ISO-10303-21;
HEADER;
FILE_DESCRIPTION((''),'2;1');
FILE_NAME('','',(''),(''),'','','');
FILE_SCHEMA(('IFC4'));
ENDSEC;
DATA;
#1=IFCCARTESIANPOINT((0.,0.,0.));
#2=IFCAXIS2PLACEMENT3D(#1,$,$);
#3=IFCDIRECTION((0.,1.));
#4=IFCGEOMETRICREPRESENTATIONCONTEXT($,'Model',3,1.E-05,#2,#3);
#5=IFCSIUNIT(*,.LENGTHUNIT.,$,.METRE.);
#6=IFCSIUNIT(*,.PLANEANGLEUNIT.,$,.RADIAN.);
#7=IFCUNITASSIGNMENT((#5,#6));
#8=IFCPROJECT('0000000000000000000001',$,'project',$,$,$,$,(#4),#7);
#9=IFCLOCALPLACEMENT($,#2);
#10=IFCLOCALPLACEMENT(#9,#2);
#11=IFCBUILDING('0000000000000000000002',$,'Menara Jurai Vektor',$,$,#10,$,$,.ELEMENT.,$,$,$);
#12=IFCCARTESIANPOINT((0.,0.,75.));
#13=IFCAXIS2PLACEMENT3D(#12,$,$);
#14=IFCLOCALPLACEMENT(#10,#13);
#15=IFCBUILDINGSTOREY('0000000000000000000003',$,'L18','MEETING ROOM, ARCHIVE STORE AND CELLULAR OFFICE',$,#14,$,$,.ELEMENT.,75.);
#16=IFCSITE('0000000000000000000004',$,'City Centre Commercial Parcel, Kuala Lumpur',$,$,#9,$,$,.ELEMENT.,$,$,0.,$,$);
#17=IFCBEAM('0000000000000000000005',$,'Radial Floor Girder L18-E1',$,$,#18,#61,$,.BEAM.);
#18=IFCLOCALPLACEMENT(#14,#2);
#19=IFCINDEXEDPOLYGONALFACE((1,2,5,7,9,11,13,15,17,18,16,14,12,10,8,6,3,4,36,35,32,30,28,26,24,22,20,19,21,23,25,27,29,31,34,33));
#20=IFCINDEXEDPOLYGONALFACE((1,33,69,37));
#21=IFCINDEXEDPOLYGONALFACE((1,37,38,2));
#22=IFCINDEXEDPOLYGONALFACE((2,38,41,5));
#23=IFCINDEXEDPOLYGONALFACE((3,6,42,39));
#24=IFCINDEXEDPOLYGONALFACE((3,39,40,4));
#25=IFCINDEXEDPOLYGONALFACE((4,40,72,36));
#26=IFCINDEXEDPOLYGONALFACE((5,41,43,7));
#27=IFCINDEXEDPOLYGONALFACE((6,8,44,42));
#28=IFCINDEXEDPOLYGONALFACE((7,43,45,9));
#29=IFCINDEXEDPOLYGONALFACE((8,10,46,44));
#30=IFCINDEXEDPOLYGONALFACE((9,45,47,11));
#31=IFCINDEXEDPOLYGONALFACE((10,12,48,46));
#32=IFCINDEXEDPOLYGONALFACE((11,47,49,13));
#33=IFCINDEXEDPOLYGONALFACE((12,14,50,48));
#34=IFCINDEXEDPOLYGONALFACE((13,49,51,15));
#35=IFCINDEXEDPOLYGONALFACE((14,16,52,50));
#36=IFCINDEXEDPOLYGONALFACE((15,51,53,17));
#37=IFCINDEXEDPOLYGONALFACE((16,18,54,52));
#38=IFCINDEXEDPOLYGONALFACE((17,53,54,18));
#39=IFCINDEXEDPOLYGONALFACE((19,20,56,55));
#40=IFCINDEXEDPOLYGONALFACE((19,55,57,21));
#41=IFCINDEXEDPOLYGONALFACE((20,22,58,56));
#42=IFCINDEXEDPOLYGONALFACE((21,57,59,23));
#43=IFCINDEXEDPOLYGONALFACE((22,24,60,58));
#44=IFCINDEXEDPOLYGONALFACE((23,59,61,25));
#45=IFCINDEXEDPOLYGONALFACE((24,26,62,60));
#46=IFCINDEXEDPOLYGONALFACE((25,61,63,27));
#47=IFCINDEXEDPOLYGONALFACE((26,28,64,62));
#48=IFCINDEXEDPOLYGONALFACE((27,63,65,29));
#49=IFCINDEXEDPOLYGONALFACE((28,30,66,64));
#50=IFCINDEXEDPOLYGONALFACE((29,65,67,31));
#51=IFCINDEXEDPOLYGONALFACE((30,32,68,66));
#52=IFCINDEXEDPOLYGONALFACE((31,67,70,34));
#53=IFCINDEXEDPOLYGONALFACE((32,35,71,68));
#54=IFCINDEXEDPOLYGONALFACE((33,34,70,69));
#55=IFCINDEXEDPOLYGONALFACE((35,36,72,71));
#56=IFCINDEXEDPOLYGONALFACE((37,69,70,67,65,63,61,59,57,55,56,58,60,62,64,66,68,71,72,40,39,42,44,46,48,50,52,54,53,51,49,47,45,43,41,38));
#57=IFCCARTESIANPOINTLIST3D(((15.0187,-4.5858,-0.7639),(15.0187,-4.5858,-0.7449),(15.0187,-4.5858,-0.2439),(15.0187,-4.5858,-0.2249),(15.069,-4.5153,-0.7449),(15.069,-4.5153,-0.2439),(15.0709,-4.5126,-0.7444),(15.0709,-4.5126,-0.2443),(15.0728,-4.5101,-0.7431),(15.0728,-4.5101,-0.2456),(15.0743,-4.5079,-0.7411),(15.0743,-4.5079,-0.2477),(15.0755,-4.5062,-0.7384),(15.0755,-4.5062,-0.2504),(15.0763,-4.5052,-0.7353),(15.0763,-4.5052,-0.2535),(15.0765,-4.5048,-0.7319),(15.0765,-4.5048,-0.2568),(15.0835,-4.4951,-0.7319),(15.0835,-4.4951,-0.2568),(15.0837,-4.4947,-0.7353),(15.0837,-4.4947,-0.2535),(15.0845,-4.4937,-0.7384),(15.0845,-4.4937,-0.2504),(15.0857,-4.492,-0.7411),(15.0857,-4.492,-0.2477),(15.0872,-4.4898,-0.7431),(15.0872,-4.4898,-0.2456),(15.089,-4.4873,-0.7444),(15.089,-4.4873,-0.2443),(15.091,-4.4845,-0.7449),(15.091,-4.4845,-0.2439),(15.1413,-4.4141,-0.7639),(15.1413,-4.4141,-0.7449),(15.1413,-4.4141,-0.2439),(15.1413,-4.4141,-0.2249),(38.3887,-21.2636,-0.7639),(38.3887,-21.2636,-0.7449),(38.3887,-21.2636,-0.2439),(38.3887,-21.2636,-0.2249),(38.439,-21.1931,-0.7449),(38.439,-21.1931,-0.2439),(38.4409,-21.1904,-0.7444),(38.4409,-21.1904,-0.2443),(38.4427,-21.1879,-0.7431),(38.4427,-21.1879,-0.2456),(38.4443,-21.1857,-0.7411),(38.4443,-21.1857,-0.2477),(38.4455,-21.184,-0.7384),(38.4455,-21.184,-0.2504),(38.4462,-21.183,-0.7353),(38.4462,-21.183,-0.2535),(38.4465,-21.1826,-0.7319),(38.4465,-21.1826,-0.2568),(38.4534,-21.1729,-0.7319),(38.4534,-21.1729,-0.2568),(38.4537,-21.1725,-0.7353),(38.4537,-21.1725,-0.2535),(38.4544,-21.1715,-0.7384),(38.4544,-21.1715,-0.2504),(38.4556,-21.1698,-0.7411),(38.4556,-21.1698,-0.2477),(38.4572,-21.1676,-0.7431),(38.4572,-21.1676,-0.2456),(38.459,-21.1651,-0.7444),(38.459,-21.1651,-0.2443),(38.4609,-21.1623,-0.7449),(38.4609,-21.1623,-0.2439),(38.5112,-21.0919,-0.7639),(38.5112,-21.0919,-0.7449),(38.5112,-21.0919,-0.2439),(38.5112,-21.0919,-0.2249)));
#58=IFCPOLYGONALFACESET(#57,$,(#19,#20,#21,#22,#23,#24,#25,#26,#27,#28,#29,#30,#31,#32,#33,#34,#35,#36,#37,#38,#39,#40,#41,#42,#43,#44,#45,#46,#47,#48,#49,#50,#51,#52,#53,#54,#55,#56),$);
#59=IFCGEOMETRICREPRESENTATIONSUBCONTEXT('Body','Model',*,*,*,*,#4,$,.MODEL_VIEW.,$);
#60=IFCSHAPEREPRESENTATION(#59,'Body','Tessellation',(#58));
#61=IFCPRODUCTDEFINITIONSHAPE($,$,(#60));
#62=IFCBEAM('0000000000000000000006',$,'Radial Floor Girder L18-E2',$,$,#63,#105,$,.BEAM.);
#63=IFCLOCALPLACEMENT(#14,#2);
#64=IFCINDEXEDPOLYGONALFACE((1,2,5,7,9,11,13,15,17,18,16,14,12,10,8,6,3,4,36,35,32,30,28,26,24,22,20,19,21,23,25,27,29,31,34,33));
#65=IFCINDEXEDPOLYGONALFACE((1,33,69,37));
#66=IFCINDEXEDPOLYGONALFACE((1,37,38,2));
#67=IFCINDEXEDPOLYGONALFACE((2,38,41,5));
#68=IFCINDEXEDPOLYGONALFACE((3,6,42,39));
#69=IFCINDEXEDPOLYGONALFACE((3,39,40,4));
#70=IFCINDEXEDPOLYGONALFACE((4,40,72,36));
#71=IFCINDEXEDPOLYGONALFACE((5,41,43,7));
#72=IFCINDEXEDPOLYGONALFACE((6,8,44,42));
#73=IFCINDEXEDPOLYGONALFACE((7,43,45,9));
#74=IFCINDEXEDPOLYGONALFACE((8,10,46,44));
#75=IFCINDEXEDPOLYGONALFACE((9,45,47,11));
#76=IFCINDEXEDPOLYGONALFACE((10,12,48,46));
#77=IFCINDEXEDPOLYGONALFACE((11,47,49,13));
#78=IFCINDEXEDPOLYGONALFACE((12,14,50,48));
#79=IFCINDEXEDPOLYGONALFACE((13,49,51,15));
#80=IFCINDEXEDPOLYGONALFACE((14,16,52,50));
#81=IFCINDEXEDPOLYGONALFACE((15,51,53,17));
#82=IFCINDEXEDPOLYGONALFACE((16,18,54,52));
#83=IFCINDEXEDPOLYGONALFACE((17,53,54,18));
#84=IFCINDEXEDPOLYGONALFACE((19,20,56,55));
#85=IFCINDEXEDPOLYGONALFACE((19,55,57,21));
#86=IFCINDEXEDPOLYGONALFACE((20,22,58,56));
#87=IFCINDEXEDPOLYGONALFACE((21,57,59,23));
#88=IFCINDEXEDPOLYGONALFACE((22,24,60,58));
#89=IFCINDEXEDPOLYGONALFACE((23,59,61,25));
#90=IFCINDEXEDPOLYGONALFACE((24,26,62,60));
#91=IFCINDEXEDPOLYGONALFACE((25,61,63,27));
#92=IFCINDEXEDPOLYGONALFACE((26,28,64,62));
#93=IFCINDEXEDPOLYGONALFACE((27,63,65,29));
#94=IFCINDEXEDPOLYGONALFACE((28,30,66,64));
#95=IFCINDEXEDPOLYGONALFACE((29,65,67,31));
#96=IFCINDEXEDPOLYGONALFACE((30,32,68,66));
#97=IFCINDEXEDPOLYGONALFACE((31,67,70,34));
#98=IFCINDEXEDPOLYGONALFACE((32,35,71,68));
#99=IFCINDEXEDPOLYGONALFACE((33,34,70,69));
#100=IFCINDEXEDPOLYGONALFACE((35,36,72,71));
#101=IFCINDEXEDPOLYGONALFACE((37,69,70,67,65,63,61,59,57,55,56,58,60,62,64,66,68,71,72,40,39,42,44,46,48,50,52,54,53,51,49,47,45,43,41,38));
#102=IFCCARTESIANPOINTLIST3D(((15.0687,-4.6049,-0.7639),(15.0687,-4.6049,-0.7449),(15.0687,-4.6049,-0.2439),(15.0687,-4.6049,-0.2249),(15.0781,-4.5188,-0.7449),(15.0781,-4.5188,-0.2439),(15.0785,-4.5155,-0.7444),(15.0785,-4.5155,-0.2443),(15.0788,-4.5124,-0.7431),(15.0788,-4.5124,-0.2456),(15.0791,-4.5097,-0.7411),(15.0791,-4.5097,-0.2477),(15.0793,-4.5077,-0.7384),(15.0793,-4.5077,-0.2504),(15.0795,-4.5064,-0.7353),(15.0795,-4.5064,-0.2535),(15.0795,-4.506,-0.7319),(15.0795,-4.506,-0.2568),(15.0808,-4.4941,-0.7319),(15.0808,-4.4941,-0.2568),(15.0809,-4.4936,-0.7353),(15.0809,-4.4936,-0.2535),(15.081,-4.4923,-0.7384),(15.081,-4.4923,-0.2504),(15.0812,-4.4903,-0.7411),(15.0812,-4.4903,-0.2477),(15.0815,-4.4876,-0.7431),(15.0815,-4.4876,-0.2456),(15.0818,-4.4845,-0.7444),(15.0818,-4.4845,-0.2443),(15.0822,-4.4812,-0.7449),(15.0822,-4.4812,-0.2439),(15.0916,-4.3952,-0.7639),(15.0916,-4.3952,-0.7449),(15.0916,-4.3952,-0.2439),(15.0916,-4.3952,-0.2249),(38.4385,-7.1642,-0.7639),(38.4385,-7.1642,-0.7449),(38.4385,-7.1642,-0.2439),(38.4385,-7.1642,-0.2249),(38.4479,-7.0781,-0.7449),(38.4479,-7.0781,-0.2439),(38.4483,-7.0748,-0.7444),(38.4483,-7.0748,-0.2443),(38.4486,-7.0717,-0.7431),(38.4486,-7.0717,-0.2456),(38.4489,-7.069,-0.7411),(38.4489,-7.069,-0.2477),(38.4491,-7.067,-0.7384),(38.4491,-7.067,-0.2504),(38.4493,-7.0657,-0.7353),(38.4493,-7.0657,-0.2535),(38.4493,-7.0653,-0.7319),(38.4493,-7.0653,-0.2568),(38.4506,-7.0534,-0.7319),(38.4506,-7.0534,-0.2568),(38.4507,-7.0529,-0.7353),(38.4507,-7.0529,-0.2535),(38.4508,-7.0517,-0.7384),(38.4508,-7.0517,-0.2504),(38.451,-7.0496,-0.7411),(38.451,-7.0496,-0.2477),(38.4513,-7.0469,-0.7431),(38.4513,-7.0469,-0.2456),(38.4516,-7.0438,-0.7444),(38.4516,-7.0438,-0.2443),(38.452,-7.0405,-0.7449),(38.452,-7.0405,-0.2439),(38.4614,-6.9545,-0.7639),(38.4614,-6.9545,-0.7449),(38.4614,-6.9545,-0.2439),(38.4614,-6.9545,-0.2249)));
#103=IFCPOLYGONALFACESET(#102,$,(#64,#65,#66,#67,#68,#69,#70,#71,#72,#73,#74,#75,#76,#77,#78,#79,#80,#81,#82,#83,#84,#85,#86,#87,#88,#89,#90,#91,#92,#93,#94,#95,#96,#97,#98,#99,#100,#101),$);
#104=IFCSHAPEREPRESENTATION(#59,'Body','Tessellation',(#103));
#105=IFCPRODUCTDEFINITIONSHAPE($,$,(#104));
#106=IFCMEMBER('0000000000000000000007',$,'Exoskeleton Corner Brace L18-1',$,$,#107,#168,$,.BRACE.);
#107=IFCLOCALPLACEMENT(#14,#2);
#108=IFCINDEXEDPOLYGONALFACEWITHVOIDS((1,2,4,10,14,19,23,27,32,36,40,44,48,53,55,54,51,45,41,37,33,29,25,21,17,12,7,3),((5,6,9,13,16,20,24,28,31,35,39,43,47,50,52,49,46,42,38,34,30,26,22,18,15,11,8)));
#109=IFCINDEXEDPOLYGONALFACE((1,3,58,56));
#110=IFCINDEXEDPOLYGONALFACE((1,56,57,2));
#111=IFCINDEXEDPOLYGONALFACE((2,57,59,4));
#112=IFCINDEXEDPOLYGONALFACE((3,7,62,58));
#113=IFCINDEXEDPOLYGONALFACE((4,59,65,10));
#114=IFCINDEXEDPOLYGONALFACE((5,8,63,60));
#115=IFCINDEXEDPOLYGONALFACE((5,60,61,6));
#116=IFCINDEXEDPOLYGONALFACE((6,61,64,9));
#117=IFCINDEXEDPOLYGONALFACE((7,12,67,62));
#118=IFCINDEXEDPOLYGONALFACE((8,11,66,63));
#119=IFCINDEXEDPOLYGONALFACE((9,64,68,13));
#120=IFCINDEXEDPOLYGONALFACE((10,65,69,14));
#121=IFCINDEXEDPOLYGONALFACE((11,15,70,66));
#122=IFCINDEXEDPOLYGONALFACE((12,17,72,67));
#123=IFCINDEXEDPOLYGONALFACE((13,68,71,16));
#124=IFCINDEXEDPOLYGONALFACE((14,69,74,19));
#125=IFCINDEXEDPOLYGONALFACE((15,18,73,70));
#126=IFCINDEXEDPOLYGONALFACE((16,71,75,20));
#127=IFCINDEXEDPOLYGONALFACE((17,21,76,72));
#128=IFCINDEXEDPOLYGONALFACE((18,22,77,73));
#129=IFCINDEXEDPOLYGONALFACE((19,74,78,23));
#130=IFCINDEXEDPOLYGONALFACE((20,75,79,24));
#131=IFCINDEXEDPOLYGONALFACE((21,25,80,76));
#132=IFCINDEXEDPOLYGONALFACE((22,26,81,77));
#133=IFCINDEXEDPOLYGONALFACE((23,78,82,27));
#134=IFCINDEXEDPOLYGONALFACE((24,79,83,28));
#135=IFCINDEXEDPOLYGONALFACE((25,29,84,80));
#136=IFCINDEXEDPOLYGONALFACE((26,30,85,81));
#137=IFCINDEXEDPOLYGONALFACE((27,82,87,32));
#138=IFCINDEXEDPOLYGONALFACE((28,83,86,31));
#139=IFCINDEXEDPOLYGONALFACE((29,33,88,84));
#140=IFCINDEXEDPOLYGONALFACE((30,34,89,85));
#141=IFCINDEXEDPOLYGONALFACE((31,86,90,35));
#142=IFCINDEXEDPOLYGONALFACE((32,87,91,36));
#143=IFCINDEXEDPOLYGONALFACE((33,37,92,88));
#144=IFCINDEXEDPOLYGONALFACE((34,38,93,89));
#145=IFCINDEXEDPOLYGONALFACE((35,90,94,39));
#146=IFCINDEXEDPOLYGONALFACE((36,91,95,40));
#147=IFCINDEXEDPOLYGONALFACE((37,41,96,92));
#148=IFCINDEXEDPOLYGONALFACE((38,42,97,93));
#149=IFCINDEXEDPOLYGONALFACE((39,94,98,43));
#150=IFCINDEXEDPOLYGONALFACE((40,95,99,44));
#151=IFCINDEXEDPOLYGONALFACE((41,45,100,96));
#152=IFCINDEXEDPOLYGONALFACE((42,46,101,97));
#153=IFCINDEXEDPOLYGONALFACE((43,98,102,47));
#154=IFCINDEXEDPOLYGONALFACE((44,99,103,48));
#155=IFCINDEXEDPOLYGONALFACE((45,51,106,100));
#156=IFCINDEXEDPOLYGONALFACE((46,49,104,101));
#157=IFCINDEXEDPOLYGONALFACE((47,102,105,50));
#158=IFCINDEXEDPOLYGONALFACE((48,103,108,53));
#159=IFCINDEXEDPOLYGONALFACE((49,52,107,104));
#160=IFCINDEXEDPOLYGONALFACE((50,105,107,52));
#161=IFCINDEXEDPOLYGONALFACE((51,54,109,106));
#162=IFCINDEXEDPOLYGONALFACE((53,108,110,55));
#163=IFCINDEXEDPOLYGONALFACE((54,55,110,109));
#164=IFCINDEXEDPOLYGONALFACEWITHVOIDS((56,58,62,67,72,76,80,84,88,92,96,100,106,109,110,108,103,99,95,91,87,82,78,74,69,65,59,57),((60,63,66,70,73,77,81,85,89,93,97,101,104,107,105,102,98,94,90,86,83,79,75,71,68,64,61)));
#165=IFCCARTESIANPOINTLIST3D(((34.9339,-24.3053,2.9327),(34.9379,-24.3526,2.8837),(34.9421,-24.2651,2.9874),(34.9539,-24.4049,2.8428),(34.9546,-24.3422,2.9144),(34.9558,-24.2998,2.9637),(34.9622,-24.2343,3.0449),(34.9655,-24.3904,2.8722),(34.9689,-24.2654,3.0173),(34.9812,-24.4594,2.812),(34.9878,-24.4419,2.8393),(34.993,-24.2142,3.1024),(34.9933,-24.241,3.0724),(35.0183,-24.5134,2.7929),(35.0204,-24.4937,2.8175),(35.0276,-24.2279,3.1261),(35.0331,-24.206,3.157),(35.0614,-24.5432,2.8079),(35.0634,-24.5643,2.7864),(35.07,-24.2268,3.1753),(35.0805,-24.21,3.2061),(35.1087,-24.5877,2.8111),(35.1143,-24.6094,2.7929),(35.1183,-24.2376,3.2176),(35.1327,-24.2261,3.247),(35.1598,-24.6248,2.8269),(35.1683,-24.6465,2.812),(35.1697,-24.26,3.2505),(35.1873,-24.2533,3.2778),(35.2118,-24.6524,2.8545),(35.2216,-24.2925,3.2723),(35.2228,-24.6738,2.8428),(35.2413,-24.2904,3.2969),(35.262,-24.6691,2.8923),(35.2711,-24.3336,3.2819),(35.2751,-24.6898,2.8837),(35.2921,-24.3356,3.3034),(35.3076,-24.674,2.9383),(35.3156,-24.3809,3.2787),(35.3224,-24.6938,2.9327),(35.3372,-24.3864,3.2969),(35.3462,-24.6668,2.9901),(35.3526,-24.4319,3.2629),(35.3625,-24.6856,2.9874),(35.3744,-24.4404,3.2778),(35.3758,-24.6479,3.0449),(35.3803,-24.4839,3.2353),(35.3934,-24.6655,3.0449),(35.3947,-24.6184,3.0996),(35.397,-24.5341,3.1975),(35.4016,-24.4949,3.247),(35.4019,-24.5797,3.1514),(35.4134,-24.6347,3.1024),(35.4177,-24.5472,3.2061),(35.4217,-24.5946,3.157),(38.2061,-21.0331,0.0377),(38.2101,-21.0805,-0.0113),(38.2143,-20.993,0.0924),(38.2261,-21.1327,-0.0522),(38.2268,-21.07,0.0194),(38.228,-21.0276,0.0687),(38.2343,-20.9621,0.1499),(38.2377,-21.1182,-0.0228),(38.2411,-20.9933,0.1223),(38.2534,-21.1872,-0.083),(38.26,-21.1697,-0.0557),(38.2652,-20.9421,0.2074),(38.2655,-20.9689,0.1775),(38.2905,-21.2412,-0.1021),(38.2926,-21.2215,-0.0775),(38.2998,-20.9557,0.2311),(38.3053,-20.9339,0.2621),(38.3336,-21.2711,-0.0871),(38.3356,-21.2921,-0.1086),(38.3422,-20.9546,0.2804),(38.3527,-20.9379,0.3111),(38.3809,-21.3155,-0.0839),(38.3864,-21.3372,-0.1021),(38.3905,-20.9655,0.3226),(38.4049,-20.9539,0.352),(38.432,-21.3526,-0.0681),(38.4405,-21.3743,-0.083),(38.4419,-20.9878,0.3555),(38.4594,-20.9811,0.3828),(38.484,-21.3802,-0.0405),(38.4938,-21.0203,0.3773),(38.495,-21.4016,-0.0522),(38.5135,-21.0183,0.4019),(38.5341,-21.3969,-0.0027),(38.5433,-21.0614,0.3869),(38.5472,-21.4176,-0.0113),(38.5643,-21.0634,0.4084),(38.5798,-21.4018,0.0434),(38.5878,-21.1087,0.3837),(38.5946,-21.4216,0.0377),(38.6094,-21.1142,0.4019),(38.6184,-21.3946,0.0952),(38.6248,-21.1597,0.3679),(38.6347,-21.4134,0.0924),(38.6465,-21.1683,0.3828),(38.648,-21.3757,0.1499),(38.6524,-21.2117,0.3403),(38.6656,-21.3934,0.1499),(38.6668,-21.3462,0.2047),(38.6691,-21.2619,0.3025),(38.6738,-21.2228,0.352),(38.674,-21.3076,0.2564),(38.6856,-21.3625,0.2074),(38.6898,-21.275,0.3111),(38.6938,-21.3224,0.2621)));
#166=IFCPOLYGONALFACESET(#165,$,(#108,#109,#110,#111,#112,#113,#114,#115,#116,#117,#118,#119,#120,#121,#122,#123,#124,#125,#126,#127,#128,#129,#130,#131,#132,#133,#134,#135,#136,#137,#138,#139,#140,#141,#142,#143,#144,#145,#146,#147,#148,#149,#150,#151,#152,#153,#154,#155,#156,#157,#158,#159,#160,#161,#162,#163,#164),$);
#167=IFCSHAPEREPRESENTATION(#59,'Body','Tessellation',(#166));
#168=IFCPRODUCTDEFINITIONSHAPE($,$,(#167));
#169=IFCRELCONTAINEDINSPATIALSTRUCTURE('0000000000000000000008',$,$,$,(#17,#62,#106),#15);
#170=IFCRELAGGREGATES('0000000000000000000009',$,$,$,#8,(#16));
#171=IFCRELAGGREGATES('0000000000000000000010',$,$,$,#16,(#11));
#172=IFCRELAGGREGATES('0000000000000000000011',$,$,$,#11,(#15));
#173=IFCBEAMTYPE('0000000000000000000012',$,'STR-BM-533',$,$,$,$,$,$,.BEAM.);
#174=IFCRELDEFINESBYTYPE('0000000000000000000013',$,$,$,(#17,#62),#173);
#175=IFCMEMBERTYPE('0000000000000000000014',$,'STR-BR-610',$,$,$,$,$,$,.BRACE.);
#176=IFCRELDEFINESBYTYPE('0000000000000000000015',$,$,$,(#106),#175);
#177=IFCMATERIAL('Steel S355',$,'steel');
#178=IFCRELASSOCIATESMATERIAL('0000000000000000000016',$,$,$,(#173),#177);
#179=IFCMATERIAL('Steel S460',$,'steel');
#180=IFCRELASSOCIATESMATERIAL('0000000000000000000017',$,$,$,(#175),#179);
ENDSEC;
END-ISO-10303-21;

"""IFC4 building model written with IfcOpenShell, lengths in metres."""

from ifc_helpers import new_model, si_unit, direction, frame, origin, origin_2d, place, context, subcontext, project, spatial, hollow_circle, i_section, extrude, material, material_profile, profile_set, type_object, element, save


model = new_model("IFC4")

# Units and contexts
model_context = context("Model", 3, precision=1e-05, world=origin(), true_north=direction((0.0, 1.0)))
body_context = subcontext(model_context, "Body", "Model", "MODEL_VIEW")
ifc_project = project(units=[si_unit("LENGTHUNIT", "METRE"), si_unit("PLANEANGLEUNIT", "RADIAN")], contexts=[model_context])

# Site, building, storey
site_placement = place(None, origin())
site = spatial("IfcSite", under=ifc_project, at=site_placement, Name="City Centre Commercial Parcel, Kuala Lumpur", CompositionType="ELEMENT", RefElevation=0.0)
building_placement = place(site_placement, origin())
building = spatial("IfcBuilding", under=site, at=building_placement, Name="Menara Jurai Vektor", CompositionType="ELEMENT")
storey_placement = place(building_placement, frame((0.0, 0.0, 75.0)))
storey = spatial("IfcBuildingStorey", under=building, at=storey_placement, Name="L18", Description="MEETING ROOM, ARCHIVE STORE AND CELLULAR OFFICE", CompositionType="ELEMENT", Elevation=75.0)

# Shared definitions
ifc_material_1 = material(Name="Steel S460", Category="steel")

# Beams
ifc_material_2 = material(Name="Steel S355", Category="steel")
ifc_material_profile_1 = material_profile(ifc_material_2, i_section(OverallWidth=0.2109, OverallDepth=0.5391, WebThickness=0.012, FlangeThickness=0.019, FilletRadius=0.0129, at=origin_2d()), Name="UKB 533x210x109")
ifc_profile_set_1 = profile_set([ifc_material_profile_1], Name="Steel S355")
beam_type_1 = type_object("IfcBeamType", Name="STR-BM-533", PredefinedType="BEAM", material=ifc_profile_set_1)
beam_1_placement = place(storey_placement, frame((38.45, -21.1777, -0.4944), z_axis=(-0.813981, 0.580891, 0.0), x_axis=(-0.580891, -0.813981, 0.0)))
element("IfcBeam", 1, at=beam_1_placement, inside=storey, type_object=beam_type_1, Name="Radial Floor Girder L18-E1", PredefinedType="BEAM", context=body_context, shape_type="SweptSolid", body=[
    extrude(i_section(OverallWidth=0.2109, OverallDepth=0.5391, WebThickness=0.012, FlangeThickness=0.019, FilletRadius=0.0129, at=origin_2d()), origin(), (0.0, 0.0, 1.0), 28.7107),
])
beam_2_placement = place(storey_placement, frame((38.45, -7.0593, -0.4944), z_axis=(-0.994057, 0.108863, 0.0), x_axis=(-0.108863, -0.994057, 0.0)))
element("IfcBeam", 2, at=beam_2_placement, inside=storey, type_object=beam_type_1, Name="Radial Floor Girder L18-E2", PredefinedType="BEAM", context=body_context, shape_type="SweptSolid", body=[
    extrude(i_section(OverallWidth=0.2109, OverallDepth=0.5391, WebThickness=0.012, FlangeThickness=0.019, FilletRadius=0.0129, at=origin_2d()), origin(), (0.0, 0.0, 1.0), 23.5095),
])

# Member
ifc_material_profile_2 = material_profile(ifc_material_1, hollow_circle(Radius=0.3049, WallThickness=0.0249, at=origin_2d()), Name="CHS 610x25")
ifc_profile_set_2 = profile_set([ifc_material_profile_2], Name="Steel S460")
member_type_1 = type_object("IfcMemberType", Name="STR-BR-610", PredefinedType="BRACE", material=ifc_profile_set_2)
member_1_placement = place(storey_placement, frame((38.45, -21.1777, 0.1499), z_axis=(-0.599465, -0.599465, 0.530363), x_axis=(0.707107, -0.707107, 0.0)))
element("IfcMember", 3, at=member_1_placement, inside=storey, type_object=member_type_1, Name="Exoskeleton Corner Brace L18-1", PredefinedType="BRACE", context=body_context, shape_type="SweptSolid", body=[
    extrude(hollow_circle(Radius=0.3049, WallThickness=0.0249, at=origin_2d()), origin(), (0.0, 0.0, 1.0), 5.4585),
])

save(model, "model.ifc")
